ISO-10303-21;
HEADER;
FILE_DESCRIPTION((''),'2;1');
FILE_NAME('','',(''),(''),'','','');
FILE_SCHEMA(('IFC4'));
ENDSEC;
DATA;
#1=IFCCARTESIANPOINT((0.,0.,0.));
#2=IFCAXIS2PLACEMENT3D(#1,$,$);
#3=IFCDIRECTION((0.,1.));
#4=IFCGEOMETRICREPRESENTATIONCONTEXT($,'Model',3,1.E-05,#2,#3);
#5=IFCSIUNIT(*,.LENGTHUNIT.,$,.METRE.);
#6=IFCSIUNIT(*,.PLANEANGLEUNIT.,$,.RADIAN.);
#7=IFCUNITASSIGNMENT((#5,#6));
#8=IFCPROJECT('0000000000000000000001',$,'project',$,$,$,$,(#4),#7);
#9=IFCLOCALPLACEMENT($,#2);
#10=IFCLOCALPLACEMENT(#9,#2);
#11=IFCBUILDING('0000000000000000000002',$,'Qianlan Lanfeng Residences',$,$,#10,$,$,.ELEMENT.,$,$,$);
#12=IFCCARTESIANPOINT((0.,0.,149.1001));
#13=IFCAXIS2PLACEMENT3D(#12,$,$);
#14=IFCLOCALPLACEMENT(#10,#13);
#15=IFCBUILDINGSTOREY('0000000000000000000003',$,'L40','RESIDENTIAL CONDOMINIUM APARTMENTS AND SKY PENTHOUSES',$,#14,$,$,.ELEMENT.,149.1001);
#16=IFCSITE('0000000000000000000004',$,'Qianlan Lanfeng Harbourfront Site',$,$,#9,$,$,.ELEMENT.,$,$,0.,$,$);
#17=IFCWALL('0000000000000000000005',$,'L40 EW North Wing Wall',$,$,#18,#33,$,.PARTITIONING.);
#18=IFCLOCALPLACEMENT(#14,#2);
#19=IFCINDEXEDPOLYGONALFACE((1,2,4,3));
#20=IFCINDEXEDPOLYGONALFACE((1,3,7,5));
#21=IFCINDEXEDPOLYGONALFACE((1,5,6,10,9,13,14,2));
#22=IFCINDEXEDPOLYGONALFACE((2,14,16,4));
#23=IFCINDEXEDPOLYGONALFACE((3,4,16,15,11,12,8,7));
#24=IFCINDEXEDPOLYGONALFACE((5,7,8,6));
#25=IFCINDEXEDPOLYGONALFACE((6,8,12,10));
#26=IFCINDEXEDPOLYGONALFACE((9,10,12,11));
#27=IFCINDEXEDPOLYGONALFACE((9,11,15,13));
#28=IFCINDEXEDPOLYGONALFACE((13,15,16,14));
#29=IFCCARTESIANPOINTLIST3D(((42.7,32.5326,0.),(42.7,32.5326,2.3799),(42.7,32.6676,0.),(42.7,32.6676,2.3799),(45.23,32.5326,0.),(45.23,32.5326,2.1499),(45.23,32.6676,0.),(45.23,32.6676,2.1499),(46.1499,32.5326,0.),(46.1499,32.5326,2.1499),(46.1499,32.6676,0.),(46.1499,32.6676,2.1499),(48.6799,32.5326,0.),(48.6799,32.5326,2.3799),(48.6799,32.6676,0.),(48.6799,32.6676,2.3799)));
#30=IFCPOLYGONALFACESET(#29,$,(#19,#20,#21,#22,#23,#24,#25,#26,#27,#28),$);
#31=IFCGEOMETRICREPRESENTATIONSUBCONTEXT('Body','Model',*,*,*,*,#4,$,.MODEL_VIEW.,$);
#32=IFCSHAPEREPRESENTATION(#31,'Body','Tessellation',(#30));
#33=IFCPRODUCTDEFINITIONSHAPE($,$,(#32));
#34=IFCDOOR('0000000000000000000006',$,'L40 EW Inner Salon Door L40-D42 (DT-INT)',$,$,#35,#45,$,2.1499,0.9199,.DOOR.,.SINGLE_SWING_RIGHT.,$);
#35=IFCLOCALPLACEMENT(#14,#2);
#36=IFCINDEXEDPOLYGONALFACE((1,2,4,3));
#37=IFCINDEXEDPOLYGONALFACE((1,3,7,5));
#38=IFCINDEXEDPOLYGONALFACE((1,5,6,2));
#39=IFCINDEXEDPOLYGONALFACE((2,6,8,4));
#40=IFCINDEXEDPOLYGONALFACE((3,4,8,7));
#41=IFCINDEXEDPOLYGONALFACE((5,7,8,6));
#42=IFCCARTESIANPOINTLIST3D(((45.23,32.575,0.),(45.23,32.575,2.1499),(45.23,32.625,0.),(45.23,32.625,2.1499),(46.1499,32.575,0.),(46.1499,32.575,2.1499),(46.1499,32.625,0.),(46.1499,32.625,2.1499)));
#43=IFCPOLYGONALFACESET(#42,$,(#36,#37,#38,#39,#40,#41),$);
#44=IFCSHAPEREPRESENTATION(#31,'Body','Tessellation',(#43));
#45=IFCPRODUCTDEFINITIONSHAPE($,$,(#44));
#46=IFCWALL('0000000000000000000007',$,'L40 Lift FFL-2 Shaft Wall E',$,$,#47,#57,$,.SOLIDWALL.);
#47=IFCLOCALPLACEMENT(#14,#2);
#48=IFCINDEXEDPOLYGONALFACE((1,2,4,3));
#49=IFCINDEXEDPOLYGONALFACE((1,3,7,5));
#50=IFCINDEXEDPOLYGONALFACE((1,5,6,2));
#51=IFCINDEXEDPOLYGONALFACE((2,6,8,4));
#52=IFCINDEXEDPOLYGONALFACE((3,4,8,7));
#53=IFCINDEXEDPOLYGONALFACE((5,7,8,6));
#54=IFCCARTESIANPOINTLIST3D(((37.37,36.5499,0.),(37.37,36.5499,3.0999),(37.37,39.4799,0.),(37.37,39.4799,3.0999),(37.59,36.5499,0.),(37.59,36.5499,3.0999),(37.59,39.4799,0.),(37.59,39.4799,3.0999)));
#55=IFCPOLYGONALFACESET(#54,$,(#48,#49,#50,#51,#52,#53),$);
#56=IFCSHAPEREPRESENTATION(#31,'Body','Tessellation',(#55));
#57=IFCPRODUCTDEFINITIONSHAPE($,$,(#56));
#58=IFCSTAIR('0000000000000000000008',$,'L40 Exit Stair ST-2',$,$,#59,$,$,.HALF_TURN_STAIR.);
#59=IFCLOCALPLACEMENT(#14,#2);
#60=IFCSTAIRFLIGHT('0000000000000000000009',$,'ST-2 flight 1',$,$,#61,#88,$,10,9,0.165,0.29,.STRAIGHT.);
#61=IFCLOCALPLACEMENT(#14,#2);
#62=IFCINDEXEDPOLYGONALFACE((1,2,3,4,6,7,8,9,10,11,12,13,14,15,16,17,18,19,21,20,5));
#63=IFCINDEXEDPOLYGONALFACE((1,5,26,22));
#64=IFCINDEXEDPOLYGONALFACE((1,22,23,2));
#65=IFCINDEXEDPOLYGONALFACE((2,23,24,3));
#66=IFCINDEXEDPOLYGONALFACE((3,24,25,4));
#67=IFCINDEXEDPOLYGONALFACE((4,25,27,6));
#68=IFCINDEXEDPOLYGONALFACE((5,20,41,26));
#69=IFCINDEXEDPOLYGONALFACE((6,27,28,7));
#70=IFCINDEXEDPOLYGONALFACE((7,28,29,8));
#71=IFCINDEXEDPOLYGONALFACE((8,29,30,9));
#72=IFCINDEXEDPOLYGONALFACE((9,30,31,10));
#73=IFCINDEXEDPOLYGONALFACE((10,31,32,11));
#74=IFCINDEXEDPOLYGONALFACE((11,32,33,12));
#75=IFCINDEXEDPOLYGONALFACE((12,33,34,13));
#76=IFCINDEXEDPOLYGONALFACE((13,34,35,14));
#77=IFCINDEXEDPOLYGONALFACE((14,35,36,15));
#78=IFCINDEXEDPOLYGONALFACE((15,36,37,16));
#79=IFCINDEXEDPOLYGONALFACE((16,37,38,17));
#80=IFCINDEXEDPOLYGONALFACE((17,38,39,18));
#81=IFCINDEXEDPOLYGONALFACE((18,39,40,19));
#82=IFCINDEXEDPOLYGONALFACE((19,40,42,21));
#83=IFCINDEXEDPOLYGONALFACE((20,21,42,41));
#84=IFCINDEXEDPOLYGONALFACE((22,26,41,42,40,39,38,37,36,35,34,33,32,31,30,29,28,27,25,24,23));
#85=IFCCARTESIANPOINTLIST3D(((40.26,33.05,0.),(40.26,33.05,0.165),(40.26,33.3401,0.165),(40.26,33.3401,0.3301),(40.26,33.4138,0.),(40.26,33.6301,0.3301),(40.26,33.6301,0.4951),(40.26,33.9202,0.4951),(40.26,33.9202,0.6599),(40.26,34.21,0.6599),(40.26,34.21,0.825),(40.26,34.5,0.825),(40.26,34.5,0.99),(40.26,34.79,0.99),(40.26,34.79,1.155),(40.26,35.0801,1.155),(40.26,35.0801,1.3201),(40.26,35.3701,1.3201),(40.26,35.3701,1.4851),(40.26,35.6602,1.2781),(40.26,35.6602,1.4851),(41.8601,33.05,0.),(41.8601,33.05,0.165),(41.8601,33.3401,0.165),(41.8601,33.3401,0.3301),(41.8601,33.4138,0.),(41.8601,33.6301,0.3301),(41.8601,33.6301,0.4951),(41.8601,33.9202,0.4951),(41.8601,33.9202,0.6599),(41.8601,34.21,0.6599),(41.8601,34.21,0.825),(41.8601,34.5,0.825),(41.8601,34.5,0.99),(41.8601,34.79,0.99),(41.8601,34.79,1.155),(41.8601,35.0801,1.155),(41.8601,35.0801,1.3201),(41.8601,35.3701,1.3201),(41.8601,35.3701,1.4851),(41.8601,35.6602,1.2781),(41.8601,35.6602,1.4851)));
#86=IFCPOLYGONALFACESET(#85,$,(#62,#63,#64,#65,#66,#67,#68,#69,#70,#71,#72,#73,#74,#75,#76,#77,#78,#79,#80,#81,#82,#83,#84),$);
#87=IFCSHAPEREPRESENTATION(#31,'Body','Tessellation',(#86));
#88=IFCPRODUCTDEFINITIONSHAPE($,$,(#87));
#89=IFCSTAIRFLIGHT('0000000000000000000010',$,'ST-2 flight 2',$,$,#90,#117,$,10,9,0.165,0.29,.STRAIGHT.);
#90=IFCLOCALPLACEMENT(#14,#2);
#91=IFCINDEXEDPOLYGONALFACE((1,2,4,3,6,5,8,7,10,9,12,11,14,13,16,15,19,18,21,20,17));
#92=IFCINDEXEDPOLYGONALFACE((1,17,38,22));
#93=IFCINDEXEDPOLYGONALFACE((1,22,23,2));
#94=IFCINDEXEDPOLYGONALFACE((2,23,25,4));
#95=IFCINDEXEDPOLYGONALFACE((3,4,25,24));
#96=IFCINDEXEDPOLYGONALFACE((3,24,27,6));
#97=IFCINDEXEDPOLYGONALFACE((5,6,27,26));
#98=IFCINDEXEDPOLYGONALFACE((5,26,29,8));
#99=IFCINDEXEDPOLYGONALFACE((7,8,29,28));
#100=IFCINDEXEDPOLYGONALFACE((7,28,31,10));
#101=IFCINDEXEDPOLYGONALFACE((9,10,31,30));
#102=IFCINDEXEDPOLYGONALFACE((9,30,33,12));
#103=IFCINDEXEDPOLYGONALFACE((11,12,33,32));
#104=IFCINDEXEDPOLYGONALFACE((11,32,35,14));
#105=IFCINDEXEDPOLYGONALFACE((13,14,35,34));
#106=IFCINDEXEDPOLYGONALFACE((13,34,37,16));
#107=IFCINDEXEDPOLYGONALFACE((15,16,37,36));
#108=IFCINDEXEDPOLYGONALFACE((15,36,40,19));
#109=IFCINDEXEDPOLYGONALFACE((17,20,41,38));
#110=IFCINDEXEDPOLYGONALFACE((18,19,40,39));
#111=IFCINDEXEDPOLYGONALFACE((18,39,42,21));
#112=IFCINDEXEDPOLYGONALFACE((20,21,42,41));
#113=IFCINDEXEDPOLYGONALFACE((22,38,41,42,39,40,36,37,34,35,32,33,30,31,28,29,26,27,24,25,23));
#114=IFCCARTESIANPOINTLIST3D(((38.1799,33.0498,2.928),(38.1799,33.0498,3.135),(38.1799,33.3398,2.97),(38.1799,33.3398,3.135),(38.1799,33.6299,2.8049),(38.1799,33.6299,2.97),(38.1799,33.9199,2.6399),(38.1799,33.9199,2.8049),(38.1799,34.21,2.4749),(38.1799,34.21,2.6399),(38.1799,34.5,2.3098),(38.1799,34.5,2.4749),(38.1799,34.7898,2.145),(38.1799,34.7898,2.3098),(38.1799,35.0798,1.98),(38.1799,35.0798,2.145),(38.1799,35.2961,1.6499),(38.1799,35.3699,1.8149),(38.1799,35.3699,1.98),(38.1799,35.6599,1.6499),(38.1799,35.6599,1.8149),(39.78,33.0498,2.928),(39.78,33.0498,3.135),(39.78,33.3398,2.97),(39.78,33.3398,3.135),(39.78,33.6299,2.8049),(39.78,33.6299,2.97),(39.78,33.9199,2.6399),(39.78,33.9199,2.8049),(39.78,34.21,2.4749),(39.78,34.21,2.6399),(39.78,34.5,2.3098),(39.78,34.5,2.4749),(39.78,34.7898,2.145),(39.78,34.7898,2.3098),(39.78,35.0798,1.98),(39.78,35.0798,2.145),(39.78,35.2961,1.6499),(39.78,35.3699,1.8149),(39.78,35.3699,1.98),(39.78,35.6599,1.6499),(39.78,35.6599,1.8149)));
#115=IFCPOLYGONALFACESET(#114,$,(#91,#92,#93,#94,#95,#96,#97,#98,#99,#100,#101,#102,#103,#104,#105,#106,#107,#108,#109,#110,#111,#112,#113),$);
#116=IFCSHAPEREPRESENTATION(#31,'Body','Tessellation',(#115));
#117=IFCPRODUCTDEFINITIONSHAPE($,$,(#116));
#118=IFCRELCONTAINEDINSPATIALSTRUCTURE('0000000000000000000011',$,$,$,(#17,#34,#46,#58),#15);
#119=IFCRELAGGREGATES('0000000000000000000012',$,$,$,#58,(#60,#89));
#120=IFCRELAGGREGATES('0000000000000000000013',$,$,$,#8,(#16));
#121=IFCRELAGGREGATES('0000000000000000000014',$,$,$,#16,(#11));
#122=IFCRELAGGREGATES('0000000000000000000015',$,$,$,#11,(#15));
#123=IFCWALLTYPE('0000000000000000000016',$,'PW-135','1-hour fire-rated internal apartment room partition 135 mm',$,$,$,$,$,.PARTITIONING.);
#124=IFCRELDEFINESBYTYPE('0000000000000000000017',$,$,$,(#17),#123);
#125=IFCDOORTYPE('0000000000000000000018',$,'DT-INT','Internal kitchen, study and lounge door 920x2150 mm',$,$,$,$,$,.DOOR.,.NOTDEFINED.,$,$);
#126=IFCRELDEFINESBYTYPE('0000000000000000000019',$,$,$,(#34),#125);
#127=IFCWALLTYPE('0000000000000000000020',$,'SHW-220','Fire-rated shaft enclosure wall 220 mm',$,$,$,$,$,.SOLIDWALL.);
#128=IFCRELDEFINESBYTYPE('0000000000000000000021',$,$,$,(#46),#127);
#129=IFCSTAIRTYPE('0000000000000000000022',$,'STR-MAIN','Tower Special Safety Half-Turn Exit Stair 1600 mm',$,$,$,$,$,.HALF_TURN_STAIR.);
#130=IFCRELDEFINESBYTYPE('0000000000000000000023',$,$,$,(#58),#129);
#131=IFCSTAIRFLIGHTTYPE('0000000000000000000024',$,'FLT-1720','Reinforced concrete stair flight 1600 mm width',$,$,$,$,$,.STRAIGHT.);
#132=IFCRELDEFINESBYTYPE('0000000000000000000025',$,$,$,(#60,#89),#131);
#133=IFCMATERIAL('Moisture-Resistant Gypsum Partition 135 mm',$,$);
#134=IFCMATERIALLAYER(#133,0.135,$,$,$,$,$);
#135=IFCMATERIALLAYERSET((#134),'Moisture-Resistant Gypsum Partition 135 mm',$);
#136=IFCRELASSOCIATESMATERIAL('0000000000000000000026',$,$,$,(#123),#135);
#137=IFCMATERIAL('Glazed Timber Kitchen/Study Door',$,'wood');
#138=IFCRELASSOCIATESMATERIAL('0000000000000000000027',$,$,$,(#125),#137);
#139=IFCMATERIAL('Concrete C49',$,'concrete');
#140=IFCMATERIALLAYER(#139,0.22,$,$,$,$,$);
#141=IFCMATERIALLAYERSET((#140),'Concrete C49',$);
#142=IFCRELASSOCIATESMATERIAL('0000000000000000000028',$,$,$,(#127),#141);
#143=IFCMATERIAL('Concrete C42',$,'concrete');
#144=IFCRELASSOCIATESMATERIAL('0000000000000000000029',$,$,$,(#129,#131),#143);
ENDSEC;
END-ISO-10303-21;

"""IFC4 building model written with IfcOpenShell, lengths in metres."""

from ifc_helpers import new_model, si_unit, direction, frame, frame_2d, origin, place, context, subcontext, project, spatial, polyline, rectangle, outline, extrude, material, layer, layer_set, type_object, element, fill, aggregate, save


model = new_model("IFC4")

# Units and contexts
model_context = context("Model", 3, precision=1e-05, world=origin(), true_north=direction((0.0, 1.0)))
body_context = subcontext(model_context, "Body", "Model", "MODEL_VIEW")
ifc_project = project(units=[si_unit("LENGTHUNIT", "METRE"), si_unit("PLANEANGLEUNIT", "RADIAN")], contexts=[model_context])

# Site, building, storey
site_placement = place(None, origin())
site = spatial("IfcSite", under=ifc_project, at=site_placement, Name="Qianlan Lanfeng Harbourfront Site", CompositionType="ELEMENT", RefElevation=0.0)
building_placement = place(site_placement, origin())
building = spatial("IfcBuilding", under=site, at=building_placement, Name="Qianlan Lanfeng Residences", CompositionType="ELEMENT")
storey_placement = place(building_placement, frame((0.0, 0.0, 149.1001)))
storey = spatial("IfcBuildingStorey", under=building, at=storey_placement, Name="L40", Description="RESIDENTIAL CONDOMINIUM APARTMENTS AND SKY PENTHOUSES", CompositionType="ELEMENT", Elevation=149.1001)

# Shared definitions
ifc_material_1 = material(Name="Concrete C42", Category="concrete")

# Wall, opening, door
ifc_material_2 = material(Name="Moisture-Resistant Gypsum Partition 135 mm")
ifc_layer_1 = layer(ifc_material_2, 0.135)
ifc_layer_set_1 = layer_set([ifc_layer_1], Name="Moisture-Resistant Gypsum Partition 135 mm")
wall_type_1 = type_object("IfcWallType", Name="PW-135", Description="1-hour fire-rated internal apartment room partition 135 mm", PredefinedType="PARTITIONING", material=ifc_layer_set_1)
wall_1_placement = place(storey_placement, frame((42.7, 32.6001, 0.0), z_axis=(0.0, 0.0, 1.0), x_axis=(1.0, 0.0, 0.0)))
wall_1 = element("IfcWall", 1, at=wall_1_placement, inside=storey, type_object=wall_type_1, Name="L40 EW North Wing Wall", PredefinedType="PARTITIONING", context=body_context, shape_type="SweptSolid", body=[
    extrude(rectangle(XDim=5.98, YDim=0.135, at=frame_2d((2.99, 0.0))), origin(), (0.0, 0.0, 1.0), 2.3799),
])
opening_1_placement = place(wall_1_placement, frame((2.53, 0.0, 0.0)))
opening_1 = element("IfcOpeningElement", 2, at=opening_1_placement, cuts=wall_1, PredefinedType="OPENING", context=body_context, shape_type="SweptSolid", body=[
    extrude(rectangle(XDim=0.9199, YDim=2.1499, at=frame_2d((0.46, 1.075))), frame((0.0, 0.0776, 0.0), z_axis=(0.0, -1.0, 0.0), x_axis=(1.0, 0.0, 0.0)), (0.0, 0.0, 1.0), 0.155),
])
ifc_material_3 = material(Name="Glazed Timber Kitchen/Study Door", Category="wood")
door_type_1 = type_object("IfcDoorType", Name="DT-INT", Description="Internal kitchen, study and lounge door 920x2150 mm", OperationType="NOTDEFINED", PredefinedType="DOOR", material=ifc_material_3)
door_1_placement = place(opening_1_placement, origin())
door_1 = element("IfcDoor", 3, at=door_1_placement, inside=storey, type_object=door_type_1, Name="L40 EW Inner Salon Door L40-D42 (DT-INT)", OperationType="SINGLE_SWING_RIGHT", OverallHeight=2.1499, OverallWidth=0.9199, PredefinedType="DOOR", context=body_context, shape_type="SweptSolid", body=[
    extrude(rectangle(XDim=0.9199, YDim=2.1499, at=frame_2d((0.46, 1.075))), frame((0.0, 0.0249, 0.0), z_axis=(0.0, -1.0, 0.0), x_axis=(1.0, 0.0, 0.0)), (0.0, 0.0, 1.0), 0.05),
])
fill(opening_1, door_1)

# Wall
ifc_material_4 = material(Name="Concrete C49", Category="concrete")
ifc_layer_2 = layer(ifc_material_4, 0.22)
ifc_layer_set_2 = layer_set([ifc_layer_2], Name="Concrete C49")
wall_type_2 = type_object("IfcWallType", Name="SHW-220", Description="Fire-rated shaft enclosure wall 220 mm", PredefinedType="SOLIDWALL", material=ifc_layer_set_2)
wall_2_placement = place(storey_placement, frame((37.48, 36.55, 0.0), z_axis=(0.0, 0.0, 1.0), x_axis=(0.0, 1.0, 0.0)))
element("IfcWall", 4, at=wall_2_placement, inside=storey, type_object=wall_type_2, Name="L40 Lift FFL-2 Shaft Wall E", PredefinedType="SOLIDWALL", context=body_context, shape_type="SweptSolid", body=[
    extrude(rectangle(XDim=2.9299, YDim=0.22, at=frame_2d((1.4648, 0.0))), origin(), (0.0, 0.0, 1.0), 3.0999),
])

# Stair, stair flights
stair_type = type_object("IfcStairType", Name="STR-MAIN", Description="Tower Special Safety Half-Turn Exit Stair 1600 mm", PredefinedType="HALF_TURN_STAIR", material=ifc_material_1)
stair_placement = place(storey_placement, origin())
stair = element("IfcStair", 5, at=stair_placement, inside=storey, type_object=stair_type, Name="L40 Exit Stair ST-2", PredefinedType="HALF_TURN_STAIR")
stair_flight_type = type_object("IfcStairFlightType", Name="FLT-1720", Description="Reinforced concrete stair flight 1600 mm width", PredefinedType="STRAIGHT", material=ifc_material_1)
stair_flight_1_placement = place(storey_placement, frame((41.0601, 33.05, 0.0), z_axis=(0.0, 0.0, 1.0), x_axis=(0.0, 1.0, 0.0)))
stair_flight_1 = element("IfcStairFlight", 6, at=stair_flight_1_placement, type_object=stair_flight_type, Name="ST-2 flight 1", NumberOfRisers=10, NumberOfTreads=9, PredefinedType="STRAIGHT", RiserHeight=0.165, TreadLength=0.29, context=body_context, shape_type="SweptSolid", body=[
    extrude(outline(polyline([(0.0, 0.0), (0.0, 0.165), (0.29, 0.165), (0.29, 0.3301), (0.5801, 0.3301), (0.5801, 0.4951), (0.8701, 0.4951), (0.8701, 0.6599), (1.1599, 0.6599), (1.1599, 0.825), (1.45, 0.825), (1.45, 0.99), (1.74, 0.99), (1.74, 1.155), (2.03, 1.155), (2.03, 1.3201), (2.3201, 1.3201), (2.3201, 1.4851), (2.6101, 1.4851), (2.6101, 1.6499), (2.6101, 1.2781), (0.3638, 0.0), (0.0, 0.0)])), frame((0.0, 0.8, 0.0), z_axis=(0.0, -1.0, 0.0), x_axis=(1.0, 0.0, 0.0)), (0.0, 0.0, 1.0), 1.6001),
])
stair_flight_2_placement = place(storey_placement, frame((38.98, 35.6599, 1.6499), z_axis=(0.0, 0.0, 1.0), x_axis=(0.0, -1.0, 0.0)))
stair_flight_2 = element("IfcStairFlight", 7, at=stair_flight_2_placement, type_object=stair_flight_type, Name="ST-2 flight 2", NumberOfRisers=10, NumberOfTreads=9, PredefinedType="STRAIGHT", RiserHeight=0.165, TreadLength=0.29, context=body_context, shape_type="SweptSolid", body=[
    extrude(outline(polyline([(0.0, 0.0), (0.0, 0.165), (0.29, 0.165), (0.29, 0.3301), (0.5801, 0.3301), (0.5801, 0.4951), (0.8701, 0.4951), (0.8701, 0.6599), (1.1599, 0.6599), (1.1599, 0.825), (1.45, 0.825), (1.45, 0.99), (1.74, 0.99), (1.74, 1.155), (2.03, 1.155), (2.03, 1.3201), (2.3201, 1.3201), (2.3201, 1.4851), (2.6101, 1.4851), (2.6101, 1.6499), (2.6101, 1.2781), (0.3638, 0.0), (0.0, 0.0)])), frame((0.0, 0.8, 0.0), z_axis=(0.0, -1.0, 0.0), x_axis=(1.0, 0.0, 0.0)), (0.0, 0.0, 1.0), 1.6001),
])
aggregate(stair, [stair_flight_1, stair_flight_2])

save(model, "model.ifc")
